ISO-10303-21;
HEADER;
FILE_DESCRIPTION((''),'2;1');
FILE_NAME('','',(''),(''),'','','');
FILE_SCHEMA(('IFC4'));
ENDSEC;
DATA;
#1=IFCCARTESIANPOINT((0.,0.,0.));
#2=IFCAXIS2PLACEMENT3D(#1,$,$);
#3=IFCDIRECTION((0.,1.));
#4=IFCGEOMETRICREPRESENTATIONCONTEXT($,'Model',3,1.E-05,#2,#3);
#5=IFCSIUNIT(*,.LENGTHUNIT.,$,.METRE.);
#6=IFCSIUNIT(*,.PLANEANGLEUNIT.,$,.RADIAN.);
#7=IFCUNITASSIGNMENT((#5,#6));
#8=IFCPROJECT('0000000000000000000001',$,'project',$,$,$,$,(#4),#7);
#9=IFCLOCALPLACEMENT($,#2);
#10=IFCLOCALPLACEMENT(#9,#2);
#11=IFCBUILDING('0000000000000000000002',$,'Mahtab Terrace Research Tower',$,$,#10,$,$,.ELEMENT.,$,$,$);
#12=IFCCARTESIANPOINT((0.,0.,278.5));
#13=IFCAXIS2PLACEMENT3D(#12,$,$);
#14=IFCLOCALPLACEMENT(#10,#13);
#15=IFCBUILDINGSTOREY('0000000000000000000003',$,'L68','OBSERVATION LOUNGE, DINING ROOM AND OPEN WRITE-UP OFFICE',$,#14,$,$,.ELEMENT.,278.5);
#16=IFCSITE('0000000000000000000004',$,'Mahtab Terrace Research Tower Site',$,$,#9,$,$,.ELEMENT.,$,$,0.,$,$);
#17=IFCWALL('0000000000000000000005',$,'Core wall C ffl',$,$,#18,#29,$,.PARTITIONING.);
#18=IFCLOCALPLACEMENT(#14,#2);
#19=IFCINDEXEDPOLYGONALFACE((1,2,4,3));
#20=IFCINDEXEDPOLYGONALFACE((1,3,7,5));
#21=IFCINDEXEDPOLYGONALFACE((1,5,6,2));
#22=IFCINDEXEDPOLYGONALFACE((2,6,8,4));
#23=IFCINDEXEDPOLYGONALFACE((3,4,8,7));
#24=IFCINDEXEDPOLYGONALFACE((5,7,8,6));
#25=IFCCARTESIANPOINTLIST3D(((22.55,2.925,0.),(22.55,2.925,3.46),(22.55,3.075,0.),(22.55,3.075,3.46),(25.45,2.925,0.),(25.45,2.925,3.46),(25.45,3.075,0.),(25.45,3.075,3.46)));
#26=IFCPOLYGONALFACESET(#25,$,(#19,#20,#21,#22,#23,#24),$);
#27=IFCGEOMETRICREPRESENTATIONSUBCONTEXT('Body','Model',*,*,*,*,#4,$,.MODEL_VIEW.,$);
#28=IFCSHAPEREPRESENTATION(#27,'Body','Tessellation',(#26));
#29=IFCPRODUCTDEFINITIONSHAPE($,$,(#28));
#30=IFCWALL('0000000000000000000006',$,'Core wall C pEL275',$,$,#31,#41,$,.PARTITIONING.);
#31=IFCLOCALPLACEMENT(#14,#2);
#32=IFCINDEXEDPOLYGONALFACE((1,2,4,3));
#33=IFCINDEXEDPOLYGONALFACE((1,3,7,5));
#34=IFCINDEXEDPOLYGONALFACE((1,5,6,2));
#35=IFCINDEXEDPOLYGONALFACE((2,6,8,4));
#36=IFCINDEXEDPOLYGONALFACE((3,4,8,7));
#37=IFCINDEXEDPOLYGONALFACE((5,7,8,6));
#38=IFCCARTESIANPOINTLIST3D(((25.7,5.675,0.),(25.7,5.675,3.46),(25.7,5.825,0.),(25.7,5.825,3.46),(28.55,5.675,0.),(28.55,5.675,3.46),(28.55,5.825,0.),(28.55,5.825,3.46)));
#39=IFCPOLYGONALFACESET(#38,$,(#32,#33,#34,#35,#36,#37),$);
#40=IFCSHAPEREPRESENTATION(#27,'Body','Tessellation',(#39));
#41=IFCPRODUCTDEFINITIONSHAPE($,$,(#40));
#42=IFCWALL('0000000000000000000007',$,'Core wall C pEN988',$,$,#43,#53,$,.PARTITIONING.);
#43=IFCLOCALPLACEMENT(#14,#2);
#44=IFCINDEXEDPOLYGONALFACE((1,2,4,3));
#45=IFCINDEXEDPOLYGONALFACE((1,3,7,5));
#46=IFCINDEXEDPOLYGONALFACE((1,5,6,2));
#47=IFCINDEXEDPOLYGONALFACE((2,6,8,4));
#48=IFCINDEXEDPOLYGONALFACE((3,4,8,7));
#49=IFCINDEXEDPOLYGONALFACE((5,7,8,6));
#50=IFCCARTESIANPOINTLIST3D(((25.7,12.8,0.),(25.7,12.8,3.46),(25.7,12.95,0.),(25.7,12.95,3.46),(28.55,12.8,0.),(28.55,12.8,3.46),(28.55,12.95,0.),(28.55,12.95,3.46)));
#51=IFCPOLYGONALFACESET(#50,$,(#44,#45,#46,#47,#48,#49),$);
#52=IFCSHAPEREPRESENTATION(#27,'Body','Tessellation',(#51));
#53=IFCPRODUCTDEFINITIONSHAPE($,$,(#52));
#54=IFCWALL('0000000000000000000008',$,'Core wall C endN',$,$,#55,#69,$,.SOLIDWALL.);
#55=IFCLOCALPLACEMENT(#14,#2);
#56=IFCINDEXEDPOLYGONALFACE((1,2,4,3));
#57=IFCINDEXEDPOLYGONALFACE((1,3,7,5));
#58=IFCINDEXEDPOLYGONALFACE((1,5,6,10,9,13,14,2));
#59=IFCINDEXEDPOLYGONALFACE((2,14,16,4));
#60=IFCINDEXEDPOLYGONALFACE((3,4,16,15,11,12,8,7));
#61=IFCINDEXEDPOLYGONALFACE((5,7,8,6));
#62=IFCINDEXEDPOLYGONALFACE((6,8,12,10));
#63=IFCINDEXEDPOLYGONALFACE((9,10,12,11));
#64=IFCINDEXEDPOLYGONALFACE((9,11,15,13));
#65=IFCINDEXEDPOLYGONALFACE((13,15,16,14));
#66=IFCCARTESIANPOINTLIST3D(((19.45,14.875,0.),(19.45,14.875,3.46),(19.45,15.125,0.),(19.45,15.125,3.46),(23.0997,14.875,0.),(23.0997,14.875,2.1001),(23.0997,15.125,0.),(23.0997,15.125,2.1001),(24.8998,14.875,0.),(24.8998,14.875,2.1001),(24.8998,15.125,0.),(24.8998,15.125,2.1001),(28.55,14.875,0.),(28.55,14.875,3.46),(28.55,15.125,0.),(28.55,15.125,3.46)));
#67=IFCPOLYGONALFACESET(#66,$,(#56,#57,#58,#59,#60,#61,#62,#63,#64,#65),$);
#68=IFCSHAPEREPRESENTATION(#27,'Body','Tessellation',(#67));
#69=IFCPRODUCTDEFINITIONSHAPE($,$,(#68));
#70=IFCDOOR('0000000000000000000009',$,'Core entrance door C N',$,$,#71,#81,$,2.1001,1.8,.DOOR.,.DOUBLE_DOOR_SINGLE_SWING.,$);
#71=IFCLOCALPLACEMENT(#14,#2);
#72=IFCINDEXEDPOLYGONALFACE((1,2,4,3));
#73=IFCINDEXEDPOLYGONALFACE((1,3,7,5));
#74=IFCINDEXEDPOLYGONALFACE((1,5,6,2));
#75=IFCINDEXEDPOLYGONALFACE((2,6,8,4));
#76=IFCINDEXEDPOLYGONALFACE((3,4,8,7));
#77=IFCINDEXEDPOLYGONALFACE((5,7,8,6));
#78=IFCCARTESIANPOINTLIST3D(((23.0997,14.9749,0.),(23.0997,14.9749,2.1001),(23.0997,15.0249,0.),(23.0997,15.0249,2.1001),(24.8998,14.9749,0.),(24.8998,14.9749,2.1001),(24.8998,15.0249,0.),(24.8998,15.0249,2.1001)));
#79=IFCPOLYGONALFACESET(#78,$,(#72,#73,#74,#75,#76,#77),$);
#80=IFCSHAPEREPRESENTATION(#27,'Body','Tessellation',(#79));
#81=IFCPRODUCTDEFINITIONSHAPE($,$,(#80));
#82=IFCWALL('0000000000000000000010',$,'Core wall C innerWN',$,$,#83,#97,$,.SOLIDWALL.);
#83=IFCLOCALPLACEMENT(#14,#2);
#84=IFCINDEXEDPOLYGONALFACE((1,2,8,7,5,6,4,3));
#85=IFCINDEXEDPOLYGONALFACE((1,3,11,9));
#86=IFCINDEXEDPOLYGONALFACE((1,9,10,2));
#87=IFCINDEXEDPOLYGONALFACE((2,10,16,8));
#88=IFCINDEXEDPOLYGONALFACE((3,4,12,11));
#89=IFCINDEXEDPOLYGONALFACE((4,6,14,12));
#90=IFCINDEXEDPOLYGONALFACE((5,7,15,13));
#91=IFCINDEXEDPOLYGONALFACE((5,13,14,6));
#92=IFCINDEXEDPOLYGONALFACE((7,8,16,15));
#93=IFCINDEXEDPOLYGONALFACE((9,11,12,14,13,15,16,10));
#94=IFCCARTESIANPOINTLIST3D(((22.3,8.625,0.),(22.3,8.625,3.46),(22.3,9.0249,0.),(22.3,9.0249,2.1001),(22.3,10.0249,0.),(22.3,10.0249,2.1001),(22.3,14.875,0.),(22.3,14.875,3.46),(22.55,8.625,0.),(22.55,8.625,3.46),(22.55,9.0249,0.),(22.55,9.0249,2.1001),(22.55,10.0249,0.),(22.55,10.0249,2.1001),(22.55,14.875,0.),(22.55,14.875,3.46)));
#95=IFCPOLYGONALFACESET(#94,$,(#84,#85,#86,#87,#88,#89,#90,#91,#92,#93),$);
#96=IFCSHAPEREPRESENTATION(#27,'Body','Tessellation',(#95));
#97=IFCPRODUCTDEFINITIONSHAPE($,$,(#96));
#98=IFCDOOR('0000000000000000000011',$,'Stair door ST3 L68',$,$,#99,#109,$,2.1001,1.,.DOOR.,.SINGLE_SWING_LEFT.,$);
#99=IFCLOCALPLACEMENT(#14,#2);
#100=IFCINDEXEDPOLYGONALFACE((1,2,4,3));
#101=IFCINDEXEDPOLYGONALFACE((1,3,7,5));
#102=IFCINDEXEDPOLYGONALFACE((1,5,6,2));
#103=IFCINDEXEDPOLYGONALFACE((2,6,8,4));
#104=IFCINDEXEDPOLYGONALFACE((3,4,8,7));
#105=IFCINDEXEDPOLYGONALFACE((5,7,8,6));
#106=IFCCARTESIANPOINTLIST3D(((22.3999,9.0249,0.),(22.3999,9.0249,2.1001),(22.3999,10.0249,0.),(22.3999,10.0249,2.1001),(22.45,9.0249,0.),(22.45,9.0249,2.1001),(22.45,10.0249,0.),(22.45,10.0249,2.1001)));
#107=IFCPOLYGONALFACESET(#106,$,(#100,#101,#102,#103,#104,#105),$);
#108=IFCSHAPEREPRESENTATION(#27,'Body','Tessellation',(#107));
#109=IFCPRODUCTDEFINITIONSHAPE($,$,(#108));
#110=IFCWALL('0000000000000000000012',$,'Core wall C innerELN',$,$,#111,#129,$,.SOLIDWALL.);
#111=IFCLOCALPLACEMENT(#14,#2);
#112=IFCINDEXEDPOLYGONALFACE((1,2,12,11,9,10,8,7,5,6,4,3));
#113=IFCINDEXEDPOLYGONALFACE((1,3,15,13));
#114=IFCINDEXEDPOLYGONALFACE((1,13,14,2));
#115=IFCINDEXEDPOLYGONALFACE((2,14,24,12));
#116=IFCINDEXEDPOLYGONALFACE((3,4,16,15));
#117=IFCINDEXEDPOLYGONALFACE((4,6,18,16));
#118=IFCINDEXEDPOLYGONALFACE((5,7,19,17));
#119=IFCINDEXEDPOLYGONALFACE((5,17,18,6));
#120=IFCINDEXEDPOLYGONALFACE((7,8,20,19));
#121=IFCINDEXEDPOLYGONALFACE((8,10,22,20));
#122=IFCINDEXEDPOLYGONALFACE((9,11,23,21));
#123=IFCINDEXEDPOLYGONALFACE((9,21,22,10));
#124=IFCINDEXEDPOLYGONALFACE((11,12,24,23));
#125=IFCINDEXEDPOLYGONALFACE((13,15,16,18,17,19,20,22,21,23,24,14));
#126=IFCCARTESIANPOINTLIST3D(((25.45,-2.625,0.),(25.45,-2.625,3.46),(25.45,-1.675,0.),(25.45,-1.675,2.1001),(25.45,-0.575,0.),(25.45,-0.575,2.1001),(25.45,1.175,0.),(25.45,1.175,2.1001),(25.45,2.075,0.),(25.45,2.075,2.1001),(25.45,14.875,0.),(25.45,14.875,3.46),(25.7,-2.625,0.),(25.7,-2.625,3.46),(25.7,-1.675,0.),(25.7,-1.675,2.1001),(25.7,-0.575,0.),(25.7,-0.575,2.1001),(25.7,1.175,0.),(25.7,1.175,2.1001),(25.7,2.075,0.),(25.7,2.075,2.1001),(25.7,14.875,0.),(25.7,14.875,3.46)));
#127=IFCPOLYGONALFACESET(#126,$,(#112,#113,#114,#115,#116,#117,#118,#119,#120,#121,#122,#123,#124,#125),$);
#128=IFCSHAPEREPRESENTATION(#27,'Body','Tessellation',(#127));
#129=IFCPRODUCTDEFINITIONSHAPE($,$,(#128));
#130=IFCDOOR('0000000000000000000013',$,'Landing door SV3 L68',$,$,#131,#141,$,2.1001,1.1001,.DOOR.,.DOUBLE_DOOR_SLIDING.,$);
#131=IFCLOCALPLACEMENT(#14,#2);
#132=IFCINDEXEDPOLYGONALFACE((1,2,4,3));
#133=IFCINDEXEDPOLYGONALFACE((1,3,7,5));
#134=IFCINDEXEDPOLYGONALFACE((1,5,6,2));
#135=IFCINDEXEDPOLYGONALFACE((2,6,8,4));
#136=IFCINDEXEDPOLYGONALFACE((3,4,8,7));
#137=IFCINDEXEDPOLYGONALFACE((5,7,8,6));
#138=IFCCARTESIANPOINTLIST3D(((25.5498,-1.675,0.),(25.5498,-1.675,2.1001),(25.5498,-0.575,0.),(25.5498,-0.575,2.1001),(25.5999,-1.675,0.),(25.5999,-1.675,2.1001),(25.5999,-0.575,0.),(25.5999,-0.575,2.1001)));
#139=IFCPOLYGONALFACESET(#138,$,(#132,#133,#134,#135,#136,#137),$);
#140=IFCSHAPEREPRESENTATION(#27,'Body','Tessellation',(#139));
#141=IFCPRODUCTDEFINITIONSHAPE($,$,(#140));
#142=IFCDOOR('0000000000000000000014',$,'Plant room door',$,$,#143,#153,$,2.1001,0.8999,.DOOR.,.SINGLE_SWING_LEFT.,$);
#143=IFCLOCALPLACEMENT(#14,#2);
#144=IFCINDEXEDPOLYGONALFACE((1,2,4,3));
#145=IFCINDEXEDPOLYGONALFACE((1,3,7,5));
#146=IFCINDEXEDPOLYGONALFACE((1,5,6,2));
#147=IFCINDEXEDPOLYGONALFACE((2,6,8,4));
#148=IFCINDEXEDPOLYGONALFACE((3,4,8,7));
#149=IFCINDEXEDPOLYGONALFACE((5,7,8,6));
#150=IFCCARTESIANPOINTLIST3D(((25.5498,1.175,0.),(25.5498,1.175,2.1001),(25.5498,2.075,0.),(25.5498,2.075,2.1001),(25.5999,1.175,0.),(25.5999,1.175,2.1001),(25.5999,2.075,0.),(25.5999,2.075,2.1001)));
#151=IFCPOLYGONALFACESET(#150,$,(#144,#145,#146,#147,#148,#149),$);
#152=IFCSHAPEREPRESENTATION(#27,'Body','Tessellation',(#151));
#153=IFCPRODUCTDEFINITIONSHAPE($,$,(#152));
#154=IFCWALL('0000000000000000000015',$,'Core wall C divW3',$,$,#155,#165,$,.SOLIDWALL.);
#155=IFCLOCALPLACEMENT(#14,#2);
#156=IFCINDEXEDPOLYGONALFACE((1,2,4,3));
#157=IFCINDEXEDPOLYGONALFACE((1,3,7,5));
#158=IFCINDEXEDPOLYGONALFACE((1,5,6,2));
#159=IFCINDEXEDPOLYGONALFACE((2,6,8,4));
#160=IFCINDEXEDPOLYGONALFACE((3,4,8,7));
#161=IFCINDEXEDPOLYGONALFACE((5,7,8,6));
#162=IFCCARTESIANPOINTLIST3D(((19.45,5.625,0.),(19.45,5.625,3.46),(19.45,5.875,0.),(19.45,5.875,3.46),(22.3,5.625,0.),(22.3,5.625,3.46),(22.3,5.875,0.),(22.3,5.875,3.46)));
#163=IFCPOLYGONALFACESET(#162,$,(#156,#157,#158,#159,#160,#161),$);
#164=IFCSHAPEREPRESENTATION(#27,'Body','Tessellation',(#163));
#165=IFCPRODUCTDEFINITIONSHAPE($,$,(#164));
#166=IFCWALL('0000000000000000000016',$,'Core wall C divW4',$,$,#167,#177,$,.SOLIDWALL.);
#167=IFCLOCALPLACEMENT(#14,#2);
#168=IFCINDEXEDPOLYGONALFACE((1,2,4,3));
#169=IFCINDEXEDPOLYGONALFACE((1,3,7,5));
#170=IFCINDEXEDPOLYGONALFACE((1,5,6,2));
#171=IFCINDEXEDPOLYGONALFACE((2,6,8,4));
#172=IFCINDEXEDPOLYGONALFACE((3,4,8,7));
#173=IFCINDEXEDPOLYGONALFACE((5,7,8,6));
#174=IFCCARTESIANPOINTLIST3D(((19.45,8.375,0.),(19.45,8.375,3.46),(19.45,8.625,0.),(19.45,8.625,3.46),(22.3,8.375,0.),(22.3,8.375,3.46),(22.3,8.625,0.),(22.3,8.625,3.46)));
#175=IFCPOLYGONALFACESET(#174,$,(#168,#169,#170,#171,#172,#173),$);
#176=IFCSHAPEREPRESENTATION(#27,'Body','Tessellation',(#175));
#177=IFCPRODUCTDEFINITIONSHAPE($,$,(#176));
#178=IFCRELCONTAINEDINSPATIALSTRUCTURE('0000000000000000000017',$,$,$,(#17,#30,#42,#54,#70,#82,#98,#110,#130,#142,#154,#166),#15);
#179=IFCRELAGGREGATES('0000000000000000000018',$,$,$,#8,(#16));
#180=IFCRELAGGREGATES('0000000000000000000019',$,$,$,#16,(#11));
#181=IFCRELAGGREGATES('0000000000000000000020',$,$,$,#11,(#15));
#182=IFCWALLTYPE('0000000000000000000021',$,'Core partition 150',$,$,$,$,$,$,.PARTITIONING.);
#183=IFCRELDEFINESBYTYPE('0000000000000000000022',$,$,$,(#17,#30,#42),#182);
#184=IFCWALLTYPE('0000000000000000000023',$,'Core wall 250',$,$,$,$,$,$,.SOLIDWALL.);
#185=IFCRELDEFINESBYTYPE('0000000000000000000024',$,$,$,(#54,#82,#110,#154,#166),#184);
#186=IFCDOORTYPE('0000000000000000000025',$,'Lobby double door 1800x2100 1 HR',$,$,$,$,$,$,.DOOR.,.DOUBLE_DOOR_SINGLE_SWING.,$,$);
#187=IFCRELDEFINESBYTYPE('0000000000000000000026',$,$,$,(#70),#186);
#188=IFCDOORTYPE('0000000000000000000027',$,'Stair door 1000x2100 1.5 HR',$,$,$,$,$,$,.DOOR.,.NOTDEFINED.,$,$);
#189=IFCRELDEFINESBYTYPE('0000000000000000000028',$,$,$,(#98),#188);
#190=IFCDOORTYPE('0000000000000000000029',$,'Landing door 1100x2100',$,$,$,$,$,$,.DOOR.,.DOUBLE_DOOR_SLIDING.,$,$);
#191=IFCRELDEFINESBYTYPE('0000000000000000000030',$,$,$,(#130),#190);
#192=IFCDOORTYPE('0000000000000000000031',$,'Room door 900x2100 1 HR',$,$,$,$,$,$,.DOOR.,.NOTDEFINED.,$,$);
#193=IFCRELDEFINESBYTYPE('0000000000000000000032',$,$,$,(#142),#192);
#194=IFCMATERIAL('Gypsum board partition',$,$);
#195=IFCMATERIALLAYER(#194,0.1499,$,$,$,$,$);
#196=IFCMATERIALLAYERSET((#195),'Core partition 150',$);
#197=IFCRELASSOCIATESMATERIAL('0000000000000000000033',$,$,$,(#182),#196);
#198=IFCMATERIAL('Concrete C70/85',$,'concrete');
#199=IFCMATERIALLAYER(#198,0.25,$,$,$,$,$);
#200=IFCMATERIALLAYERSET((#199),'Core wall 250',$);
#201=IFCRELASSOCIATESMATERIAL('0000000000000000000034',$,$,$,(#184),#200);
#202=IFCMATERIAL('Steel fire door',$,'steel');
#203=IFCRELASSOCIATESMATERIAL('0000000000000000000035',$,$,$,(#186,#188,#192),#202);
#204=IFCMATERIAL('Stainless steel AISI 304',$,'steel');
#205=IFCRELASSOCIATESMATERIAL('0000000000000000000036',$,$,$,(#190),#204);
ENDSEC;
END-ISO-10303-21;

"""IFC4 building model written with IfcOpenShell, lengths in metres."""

from ifc_helpers import new_model, si_unit, direction, frame, frame_2d, origin, place, context, subcontext, project, spatial, rectangle, extrude, material, layer, layer_set, type_object, element, fill, save


model = new_model("IFC4")

# Units and contexts
model_context = context("Model", 3, precision=1e-05, world=origin(), true_north=direction((0.0, 1.0)))
body_context = subcontext(model_context, "Body", "Model", "MODEL_VIEW")
ifc_project = project(units=[si_unit("LENGTHUNIT", "METRE"), si_unit("PLANEANGLEUNIT", "RADIAN")], contexts=[model_context])

# Site, building, storey
site_placement = place(None, origin())
site = spatial("IfcSite", under=ifc_project, at=site_placement, Name="Mahtab Terrace Research Tower Site", CompositionType="ELEMENT", RefElevation=0.0)
building_placement = place(site_placement, origin())
building = spatial("IfcBuilding", under=site, at=building_placement, Name="Mahtab Terrace Research Tower", CompositionType="ELEMENT")
storey_placement = place(building_placement, frame((0.0, 0.0, 278.5)))
storey = spatial("IfcBuildingStorey", under=building, at=storey_placement, Name="L68", Description="OBSERVATION LOUNGE, DINING ROOM AND OPEN WRITE-UP OFFICE", CompositionType="ELEMENT", Elevation=278.5)

# Walls
ifc_material_1 = material(Name="Gypsum board partition")
ifc_layer_1 = layer(ifc_material_1, 0.1499)
ifc_layer_set_1 = layer_set([ifc_layer_1], Name="Core partition 150")
wall_type_1 = type_object("IfcWallType", Name="Core partition 150", PredefinedType="PARTITIONING", material=ifc_layer_set_1)
wall_1_placement = place(storey_placement, frame((22.55, 3.0, 0.0), z_axis=(0.0, 0.0, 1.0), x_axis=(1.0, 0.0, 0.0)))
element("IfcWall", 1, at=wall_1_placement, inside=storey, type_object=wall_type_1, Name="Core wall C ffl", PredefinedType="PARTITIONING", context=body_context, shape_type="SweptSolid", body=[
    extrude(rectangle(XDim=2.8999, YDim=0.1499, at=frame_2d((1.45, 0.0))), origin(), (0.0, 0.0, 1.0), 3.46),
])
for number, where, z_axis, x_axis, name in (
    (2, (25.7, 5.75, 0.0), (0.0, 0.0, 1.0), (1.0, 0.0, 0.0), "Core wall C pEL275"),
    (3, (25.7, 12.875, 0.0), (0.0, 0.0, 1.0), (1.0, 0.0, 0.0), "Core wall C pEN988"),
):
    element("IfcWall", number, at=place(storey_placement, frame(where, z_axis=z_axis, x_axis=x_axis)), inside=storey, type_object=wall_type_1, Name=name, PredefinedType="PARTITIONING", context=body_context, shape_type="SweptSolid", body=[
        extrude(rectangle(XDim=2.8501, YDim=0.1499, at=frame_2d((1.425, 0.0))), origin(), (0.0, 0.0, 1.0), 3.46),
    ])

# Walls, openings, doors
ifc_material_2 = material(Name="Concrete C70/85", Category="concrete")
ifc_layer_2 = layer(ifc_material_2, 0.25)
ifc_layer_set_2 = layer_set([ifc_layer_2], Name="Core wall 250")
wall_type_2 = type_object("IfcWallType", Name="Core wall 250", PredefinedType="SOLIDWALL", material=ifc_layer_set_2)
wall_2_placement = place(storey_placement, frame((19.45, 15.0, 0.0), z_axis=(0.0, 0.0, 1.0), x_axis=(1.0, 0.0, 0.0)))
wall_2 = element("IfcWall", 4, at=wall_2_placement, inside=storey, type_object=wall_type_2, Name="Core wall C endN", PredefinedType="SOLIDWALL", context=body_context, shape_type="SweptSolid", body=[
    extrude(rectangle(XDim=9.1001, YDim=0.25, at=frame_2d((4.55, 0.0))), origin(), (0.0, 0.0, 1.0), 3.46),
])
opening_1_placement = place(wall_2_placement, frame((3.6499, 0.0, 0.0)))
opening_1 = element("IfcOpeningElement", 5, at=opening_1_placement, cuts=wall_2, PredefinedType="OPENING", context=body_context, shape_type="SweptSolid", body=[
    extrude(rectangle(XDim=1.8, YDim=2.1001, at=frame_2d((0.8999, 1.05))), frame((0.0, 0.135, 0.0), z_axis=(0.0, -1.0, 0.0), x_axis=(1.0, 0.0, 0.0)), (0.0, 0.0, 1.0), 0.27),
])
ifc_material_3 = material(Name="Steel fire door", Category="steel")
door_type_1 = type_object("IfcDoorType", Name="Lobby double door 1800x2100 1 HR", OperationType="DOUBLE_DOOR_SINGLE_SWING", PredefinedType="DOOR", material=ifc_material_3)
door_1_placement = place(opening_1_placement, origin())
door_1 = element("IfcDoor", 6, at=door_1_placement, inside=storey, type_object=door_type_1, Name="Core entrance door C N", OperationType="DOUBLE_DOOR_SINGLE_SWING", OverallHeight=2.1001, OverallWidth=1.8, PredefinedType="DOOR", context=body_context, shape_type="SweptSolid", body=[
    extrude(rectangle(XDim=1.8, YDim=2.1001, at=frame_2d((0.8999, 1.05))), frame((0.0, 0.0249, 0.0), z_axis=(0.0, -1.0, 0.0), x_axis=(1.0, 0.0, 0.0)), (0.0, 0.0, 1.0), 0.05),
])
fill(opening_1, door_1)
wall_3_placement = place(storey_placement, frame((22.425, 14.875, 0.0), z_axis=(0.0, 0.0, 1.0), x_axis=(0.0, -1.0, 0.0)))
wall_3 = element("IfcWall", 7, at=wall_3_placement, inside=storey, type_object=wall_type_2, Name="Core wall C innerWN", PredefinedType="SOLIDWALL", context=body_context, shape_type="SweptSolid", body=[
    extrude(rectangle(XDim=6.25, YDim=0.25, at=frame_2d((3.125, 0.0))), origin(), (0.0, 0.0, 1.0), 3.46),
])
opening_2_placement = place(wall_3_placement, frame((4.8501, 0.0, 0.0)))
opening_2 = element("IfcOpeningElement", 8, at=opening_2_placement, cuts=wall_3, PredefinedType="OPENING", context=body_context, shape_type="SweptSolid", body=[
    extrude(rectangle(XDim=1.0, YDim=2.1001, at=frame_2d((0.5, 1.05))), frame((0.0, 0.135, 0.0), z_axis=(0.0, -1.0, 0.0), x_axis=(1.0, 0.0, 0.0)), (0.0, 0.0, 1.0), 0.27),
])
door_type_2 = type_object("IfcDoorType", Name="Stair door 1000x2100 1.5 HR", OperationType="NOTDEFINED", PredefinedType="DOOR", material=ifc_material_3)
door_2_placement = place(opening_2_placement, origin())
door_2 = element("IfcDoor", 9, at=door_2_placement, inside=storey, type_object=door_type_2, Name="Stair door ST3 L68", OperationType="SINGLE_SWING_LEFT", OverallHeight=2.1001, OverallWidth=1.0, PredefinedType="DOOR", context=body_context, shape_type="SweptSolid", body=[
    extrude(rectangle(XDim=1.0, YDim=2.1001, at=frame_2d((0.5, 1.05))), frame((0.0, 0.0249, 0.0), z_axis=(0.0, -1.0, 0.0), x_axis=(1.0, 0.0, 0.0)), (0.0, 0.0, 1.0), 0.05),
])
fill(opening_2, door_2)

# Wall, openings, doors
wall_4_placement = place(storey_placement, frame((25.575, 14.875, 0.0), z_axis=(0.0, 0.0, 1.0), x_axis=(0.0, -1.0, 0.0)))
wall_4 = element("IfcWall", 10, at=wall_4_placement, inside=storey, type_object=wall_type_2, Name="Core wall C innerELN", PredefinedType="SOLIDWALL", context=body_context, shape_type="SweptSolid", body=[
    extrude(rectangle(XDim=17.5, YDim=0.25, at=frame_2d((8.75, 0.0))), origin(), (0.0, 0.0, 1.0), 3.46),
])
opening_3_placement = place(wall_4_placement, frame((15.45, 0.0, 0.0)))
opening_3 = element("IfcOpeningElement", 11, at=opening_3_placement, cuts=wall_4, PredefinedType="OPENING", context=body_context, shape_type="SweptSolid", body=[
    extrude(rectangle(XDim=1.1001, YDim=2.1001, at=frame_2d((0.55, 1.05))), frame((0.0, 0.135, 0.0), z_axis=(0.0, -1.0, 0.0), x_axis=(1.0, 0.0, 0.0)), (0.0, 0.0, 1.0), 0.27),
])
opening_4_placement = place(wall_4_placement, frame((12.8, 0.0, 0.0)))
opening_4 = element("IfcOpeningElement", 12, at=opening_4_placement, cuts=wall_4, PredefinedType="OPENING", context=body_context, shape_type="SweptSolid", body=[
    extrude(rectangle(XDim=0.8999, YDim=2.1001, at=frame_2d((0.45, 1.05))), frame((0.0, 0.135, 0.0), z_axis=(0.0, -1.0, 0.0), x_axis=(1.0, 0.0, 0.0)), (0.0, 0.0, 1.0), 0.27),
])
ifc_material_4 = material(Name="Stainless steel AISI 304", Category="steel")
door_type_3 = type_object("IfcDoorType", Name="Landing door 1100x2100", OperationType="DOUBLE_DOOR_SLIDING", PredefinedType="DOOR", material=ifc_material_4)
door_3_placement = place(opening_3_placement, origin())
door_3 = element("IfcDoor", 13, at=door_3_placement, inside=storey, type_object=door_type_3, Name="Landing door SV3 L68", OperationType="DOUBLE_DOOR_SLIDING", OverallHeight=2.1001, OverallWidth=1.1001, PredefinedType="DOOR", context=body_context, shape_type="SweptSolid", body=[
    extrude(rectangle(XDim=1.1001, YDim=2.1001, at=frame_2d((0.55, 1.05))), frame((0.0, 0.0249, 0.0), z_axis=(0.0, -1.0, 0.0), x_axis=(1.0, 0.0, 0.0)), (0.0, 0.0, 1.0), 0.05),
])
fill(opening_3, door_3)
door_type_4 = type_object("IfcDoorType", Name="Room door 900x2100 1 HR", OperationType="NOTDEFINED", PredefinedType="DOOR", material=ifc_material_3)
door_4_placement = place(opening_4_placement, origin())
door_4 = element("IfcDoor", 14, at=door_4_placement, inside=storey, type_object=door_type_4, Name="Plant room door", OperationType="SINGLE_SWING_LEFT", OverallHeight=2.1001, OverallWidth=0.8999, PredefinedType="DOOR", context=body_context, shape_type="SweptSolid", body=[
    extrude(rectangle(XDim=0.8999, YDim=2.1001, at=frame_2d((0.45, 1.05))), frame((0.0, 0.0249, 0.0), z_axis=(0.0, -1.0, 0.0), x_axis=(1.0, 0.0, 0.0)), (0.0, 0.0, 1.0), 0.05),
])
fill(opening_4, door_4)

# Walls
for number, where, z_axis, x_axis, name in (
    (15, (19.45, 5.75, 0.0), (0.0, 0.0, 1.0), (1.0, 0.0, 0.0), "Core wall C divW3"),
    (16, (19.45, 8.5, 0.0), (0.0, 0.0, 1.0), (1.0, 0.0, 0.0), "Core wall C divW4"),
):
    element("IfcWall", number, at=place(storey_placement, frame(where, z_axis=z_axis, x_axis=x_axis)), inside=storey, type_object=wall_type_2, Name=name, PredefinedType="SOLIDWALL", context=body_context, shape_type="SweptSolid", body=[
        extrude(rectangle(XDim=2.8501, YDim=0.25, at=frame_2d((1.425, 0.0))), origin(), (0.0, 0.0, 1.0), 3.46),
    ])

save(model, "model.ifc")
